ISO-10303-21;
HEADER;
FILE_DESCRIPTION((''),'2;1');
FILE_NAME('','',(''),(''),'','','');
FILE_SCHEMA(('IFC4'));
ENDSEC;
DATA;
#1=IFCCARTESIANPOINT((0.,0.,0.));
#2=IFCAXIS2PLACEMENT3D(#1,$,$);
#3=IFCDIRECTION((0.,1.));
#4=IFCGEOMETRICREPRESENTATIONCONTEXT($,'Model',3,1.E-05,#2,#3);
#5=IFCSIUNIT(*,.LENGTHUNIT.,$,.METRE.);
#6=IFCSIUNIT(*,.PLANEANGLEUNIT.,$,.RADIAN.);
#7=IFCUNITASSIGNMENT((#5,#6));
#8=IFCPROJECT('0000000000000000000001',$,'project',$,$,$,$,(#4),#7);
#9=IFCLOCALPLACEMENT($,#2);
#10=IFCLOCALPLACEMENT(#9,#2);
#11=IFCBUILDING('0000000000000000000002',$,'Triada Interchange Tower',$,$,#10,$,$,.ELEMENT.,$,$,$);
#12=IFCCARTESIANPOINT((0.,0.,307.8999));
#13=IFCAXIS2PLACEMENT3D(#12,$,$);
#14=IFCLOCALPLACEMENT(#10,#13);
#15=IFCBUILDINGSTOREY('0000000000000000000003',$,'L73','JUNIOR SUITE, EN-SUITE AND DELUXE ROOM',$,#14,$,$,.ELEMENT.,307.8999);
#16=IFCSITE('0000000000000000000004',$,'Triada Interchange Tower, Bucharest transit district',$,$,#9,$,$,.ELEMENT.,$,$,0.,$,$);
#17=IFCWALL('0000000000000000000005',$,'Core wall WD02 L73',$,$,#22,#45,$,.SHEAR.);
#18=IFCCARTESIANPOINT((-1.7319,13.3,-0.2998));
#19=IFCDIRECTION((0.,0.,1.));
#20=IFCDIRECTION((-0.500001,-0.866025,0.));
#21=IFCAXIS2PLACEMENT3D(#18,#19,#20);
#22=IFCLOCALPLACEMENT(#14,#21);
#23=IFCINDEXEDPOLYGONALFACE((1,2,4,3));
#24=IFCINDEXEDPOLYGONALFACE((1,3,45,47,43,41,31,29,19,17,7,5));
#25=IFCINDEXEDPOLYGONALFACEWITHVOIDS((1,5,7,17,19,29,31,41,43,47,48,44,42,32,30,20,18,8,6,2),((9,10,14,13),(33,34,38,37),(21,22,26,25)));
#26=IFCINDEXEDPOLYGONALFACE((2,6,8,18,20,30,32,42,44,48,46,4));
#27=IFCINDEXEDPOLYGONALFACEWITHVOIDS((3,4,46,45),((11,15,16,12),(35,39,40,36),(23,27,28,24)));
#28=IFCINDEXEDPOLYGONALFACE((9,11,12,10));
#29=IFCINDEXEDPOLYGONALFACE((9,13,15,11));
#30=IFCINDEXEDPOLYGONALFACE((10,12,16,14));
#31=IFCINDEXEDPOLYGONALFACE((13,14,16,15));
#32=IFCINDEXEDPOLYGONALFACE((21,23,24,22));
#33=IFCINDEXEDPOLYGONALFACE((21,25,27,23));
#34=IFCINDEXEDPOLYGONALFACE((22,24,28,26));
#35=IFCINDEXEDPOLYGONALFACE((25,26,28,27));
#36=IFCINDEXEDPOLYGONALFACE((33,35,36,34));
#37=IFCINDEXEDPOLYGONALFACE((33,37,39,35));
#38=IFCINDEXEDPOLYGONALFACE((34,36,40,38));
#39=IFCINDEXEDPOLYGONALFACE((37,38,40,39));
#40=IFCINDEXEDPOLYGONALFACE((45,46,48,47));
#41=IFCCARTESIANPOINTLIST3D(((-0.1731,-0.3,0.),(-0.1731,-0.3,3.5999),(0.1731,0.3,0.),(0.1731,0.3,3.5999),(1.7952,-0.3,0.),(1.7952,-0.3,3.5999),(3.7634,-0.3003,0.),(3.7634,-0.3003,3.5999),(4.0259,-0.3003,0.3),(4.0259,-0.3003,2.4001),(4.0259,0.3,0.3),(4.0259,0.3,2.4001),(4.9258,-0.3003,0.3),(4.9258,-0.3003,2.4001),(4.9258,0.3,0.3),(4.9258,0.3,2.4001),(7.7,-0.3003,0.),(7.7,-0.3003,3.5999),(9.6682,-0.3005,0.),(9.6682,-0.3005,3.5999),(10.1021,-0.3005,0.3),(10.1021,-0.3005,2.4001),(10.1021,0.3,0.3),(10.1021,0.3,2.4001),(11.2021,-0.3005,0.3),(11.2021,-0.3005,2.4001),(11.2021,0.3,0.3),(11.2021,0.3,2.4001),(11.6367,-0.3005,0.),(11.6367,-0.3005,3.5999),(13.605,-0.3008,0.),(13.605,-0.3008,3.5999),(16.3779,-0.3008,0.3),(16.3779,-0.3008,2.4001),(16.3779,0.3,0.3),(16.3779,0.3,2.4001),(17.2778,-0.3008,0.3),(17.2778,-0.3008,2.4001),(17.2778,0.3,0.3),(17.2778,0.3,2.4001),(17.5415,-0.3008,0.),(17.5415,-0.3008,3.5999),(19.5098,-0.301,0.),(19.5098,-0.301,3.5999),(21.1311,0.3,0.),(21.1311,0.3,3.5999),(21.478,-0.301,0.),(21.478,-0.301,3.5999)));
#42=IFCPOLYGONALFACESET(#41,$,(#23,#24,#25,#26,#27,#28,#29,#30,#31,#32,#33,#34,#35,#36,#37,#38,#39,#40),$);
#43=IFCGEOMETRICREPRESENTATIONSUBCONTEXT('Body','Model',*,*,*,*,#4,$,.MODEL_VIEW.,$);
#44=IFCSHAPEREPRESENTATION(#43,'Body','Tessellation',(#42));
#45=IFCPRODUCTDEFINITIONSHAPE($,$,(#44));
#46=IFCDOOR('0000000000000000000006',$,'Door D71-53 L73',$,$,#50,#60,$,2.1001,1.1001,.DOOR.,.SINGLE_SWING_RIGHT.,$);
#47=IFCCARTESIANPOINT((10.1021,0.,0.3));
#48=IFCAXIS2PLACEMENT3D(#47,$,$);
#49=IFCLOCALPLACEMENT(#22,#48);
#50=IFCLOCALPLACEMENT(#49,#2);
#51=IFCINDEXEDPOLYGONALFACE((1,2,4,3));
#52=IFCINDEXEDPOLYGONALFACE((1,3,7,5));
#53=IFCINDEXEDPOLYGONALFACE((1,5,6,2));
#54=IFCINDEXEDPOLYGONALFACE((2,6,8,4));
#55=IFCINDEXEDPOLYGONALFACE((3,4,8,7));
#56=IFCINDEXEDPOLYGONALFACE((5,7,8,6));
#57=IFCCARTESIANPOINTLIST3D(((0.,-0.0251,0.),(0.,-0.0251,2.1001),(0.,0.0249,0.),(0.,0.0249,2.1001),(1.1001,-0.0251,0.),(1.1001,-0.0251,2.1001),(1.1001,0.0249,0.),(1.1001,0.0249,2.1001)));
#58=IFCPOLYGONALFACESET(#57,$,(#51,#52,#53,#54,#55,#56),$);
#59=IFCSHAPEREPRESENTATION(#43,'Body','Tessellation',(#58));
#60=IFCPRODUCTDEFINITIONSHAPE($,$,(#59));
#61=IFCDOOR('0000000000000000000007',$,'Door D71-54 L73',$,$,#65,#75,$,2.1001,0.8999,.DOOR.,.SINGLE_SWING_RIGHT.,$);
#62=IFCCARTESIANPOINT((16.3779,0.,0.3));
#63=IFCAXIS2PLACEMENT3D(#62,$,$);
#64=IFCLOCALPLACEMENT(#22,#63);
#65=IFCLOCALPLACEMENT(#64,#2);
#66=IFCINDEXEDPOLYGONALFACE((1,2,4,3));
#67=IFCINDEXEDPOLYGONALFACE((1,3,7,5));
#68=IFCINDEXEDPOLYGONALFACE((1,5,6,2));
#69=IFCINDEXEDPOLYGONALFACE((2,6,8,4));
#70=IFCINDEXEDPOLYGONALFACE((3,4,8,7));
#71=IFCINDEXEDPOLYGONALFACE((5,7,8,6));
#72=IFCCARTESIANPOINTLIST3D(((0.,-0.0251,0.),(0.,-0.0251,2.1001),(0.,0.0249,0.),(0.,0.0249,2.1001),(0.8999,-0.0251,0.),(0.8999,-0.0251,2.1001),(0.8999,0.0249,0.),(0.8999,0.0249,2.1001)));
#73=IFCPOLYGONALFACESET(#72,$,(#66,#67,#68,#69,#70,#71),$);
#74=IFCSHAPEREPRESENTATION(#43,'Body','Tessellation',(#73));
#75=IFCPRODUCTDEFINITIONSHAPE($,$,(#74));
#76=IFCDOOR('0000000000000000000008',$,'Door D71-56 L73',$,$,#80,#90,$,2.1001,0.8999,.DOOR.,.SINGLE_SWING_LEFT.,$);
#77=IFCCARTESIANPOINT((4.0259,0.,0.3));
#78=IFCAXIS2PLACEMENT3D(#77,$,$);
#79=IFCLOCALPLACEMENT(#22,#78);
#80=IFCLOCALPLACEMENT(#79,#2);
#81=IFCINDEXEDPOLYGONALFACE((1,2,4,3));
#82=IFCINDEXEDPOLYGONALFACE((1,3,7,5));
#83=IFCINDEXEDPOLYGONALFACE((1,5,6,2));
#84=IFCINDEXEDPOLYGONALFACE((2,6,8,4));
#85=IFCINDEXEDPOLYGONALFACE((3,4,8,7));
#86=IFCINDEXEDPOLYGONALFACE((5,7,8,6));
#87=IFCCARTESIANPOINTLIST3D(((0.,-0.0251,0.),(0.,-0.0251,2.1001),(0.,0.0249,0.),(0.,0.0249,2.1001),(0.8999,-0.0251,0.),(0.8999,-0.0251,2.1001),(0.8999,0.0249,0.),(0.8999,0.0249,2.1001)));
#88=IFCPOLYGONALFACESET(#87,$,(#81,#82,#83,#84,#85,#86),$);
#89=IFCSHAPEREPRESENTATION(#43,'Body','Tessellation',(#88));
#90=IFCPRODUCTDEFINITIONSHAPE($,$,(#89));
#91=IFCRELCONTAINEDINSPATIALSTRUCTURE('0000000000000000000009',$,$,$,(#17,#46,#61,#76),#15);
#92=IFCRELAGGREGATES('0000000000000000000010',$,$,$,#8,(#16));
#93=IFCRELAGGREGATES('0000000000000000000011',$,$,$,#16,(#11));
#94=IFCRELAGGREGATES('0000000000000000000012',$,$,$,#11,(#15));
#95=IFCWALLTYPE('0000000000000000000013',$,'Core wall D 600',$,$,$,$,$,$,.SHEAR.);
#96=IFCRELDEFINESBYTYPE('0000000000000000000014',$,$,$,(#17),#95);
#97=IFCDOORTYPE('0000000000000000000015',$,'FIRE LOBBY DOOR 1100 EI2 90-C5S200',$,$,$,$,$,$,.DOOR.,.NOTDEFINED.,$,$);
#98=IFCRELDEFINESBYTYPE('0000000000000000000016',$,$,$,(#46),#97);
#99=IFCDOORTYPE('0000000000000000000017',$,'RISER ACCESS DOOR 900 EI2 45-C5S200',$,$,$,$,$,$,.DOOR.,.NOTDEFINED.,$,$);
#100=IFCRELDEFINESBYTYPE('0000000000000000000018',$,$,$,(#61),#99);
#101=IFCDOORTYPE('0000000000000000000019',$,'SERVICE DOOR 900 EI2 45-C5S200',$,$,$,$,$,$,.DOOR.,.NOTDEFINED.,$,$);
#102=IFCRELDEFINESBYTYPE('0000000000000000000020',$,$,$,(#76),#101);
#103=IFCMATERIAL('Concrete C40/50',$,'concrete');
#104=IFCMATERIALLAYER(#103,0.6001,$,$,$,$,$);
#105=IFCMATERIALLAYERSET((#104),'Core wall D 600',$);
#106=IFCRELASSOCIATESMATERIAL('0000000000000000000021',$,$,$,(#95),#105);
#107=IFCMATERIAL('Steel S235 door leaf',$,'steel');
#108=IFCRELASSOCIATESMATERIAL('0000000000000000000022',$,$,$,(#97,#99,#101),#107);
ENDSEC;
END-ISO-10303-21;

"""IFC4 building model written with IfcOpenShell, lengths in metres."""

from ifc_helpers import new_model, si_unit, direction, frame, frame_2d, origin, place, context, subcontext, project, spatial, polyline, rectangle, outline, extrude, material, layer, layer_set, type_object, element, fill, save


model = new_model("IFC4")

# Units and contexts
model_context = context("Model", 3, precision=1e-05, world=origin(), true_north=direction((0.0, 1.0)))
body_context = subcontext(model_context, "Body", "Model", "MODEL_VIEW")
ifc_project = project(units=[si_unit("LENGTHUNIT", "METRE"), si_unit("PLANEANGLEUNIT", "RADIAN")], contexts=[model_context])

# Site, building, storey
site_placement = place(None, origin())
site = spatial("IfcSite", under=ifc_project, at=site_placement, Name="Triada Interchange Tower, Bucharest transit district", CompositionType="ELEMENT", RefElevation=0.0)
building_placement = place(site_placement, origin())
building = spatial("IfcBuilding", under=site, at=building_placement, Name="Triada Interchange Tower", CompositionType="ELEMENT")
storey_placement = place(building_placement, frame((0.0, 0.0, 307.8999)))
storey = spatial("IfcBuildingStorey", under=building, at=storey_placement, Name="L73", Description="JUNIOR SUITE, EN-SUITE AND DELUXE ROOM", CompositionType="ELEMENT", Elevation=307.8999)

# Shared definitions
ifc_material_1 = material(Name="Concrete C40/50", Category="concrete")

# Wall, openings, doors
ifc_layer_1 = layer(ifc_material_1, 0.6001)
ifc_layer_set_1 = layer_set([ifc_layer_1], Name="Core wall D 600")
wall_type_1 = type_object("IfcWallType", Name="Core wall D 600", PredefinedType="SHEAR", material=ifc_layer_set_1)
wall_1_placement = place(storey_placement, frame((-1.7319, 13.3, -0.2998), z_axis=(0.0, 0.0, 1.0), x_axis=(-0.500001, -0.866025, 0.0)))
wall_1 = element("IfcWall", 1, at=wall_1_placement, inside=storey, type_object=wall_type_1, Name="Core wall WD02 L73", PredefinedType="SHEAR", context=body_context, shape_type="SweptSolid", body=[
    extrude(outline(polyline([(-0.1731, -0.3), (1.7952, -0.3), (3.7634, -0.3003), (5.7317, -0.3003), (7.7, -0.3003), (9.6682, -0.3005), (11.6367, -0.3005), (13.605, -0.3008), (15.5732, -0.3008), (17.5415, -0.3008), (19.5098, -0.301), (21.478, -0.301), (21.1311, 0.3), (19.2258, 0.3), (17.3206, 0.3), (15.4153, 0.3), (13.51, 0.3), (11.6047, 0.3), (9.6995, 0.3), (7.7942, 0.3), (5.8889, 0.3), (3.9836, 0.3), (2.0784, 0.3), (0.1731, 0.3), (-0.1731, -0.3)])), origin(), (0.0, 0.0, 1.0), 3.5999),
])
opening_1_placement = place(wall_1_placement, frame((10.1021, 0.0, 0.3)))
opening_1 = element("IfcOpeningElement", 2, at=opening_1_placement, cuts=wall_1, PredefinedType="OPENING", context=body_context, shape_type="SweptSolid", body=[
    extrude(rectangle(XDim=1.1001, YDim=2.1001, at=frame_2d((0.55, 1.05))), frame((0.0, 0.3101, 0.0), z_axis=(0.0, -1.0, 0.0), x_axis=(1.0, 0.0, 0.0)), (0.0, 0.0, 1.0), 0.6211),
])
opening_2_placement = place(wall_1_placement, frame((16.3779, 0.0, 0.3)))
opening_2 = element("IfcOpeningElement", 3, at=opening_2_placement, cuts=wall_1, PredefinedType="OPENING", context=body_context, shape_type="SweptSolid", body=[
    extrude(rectangle(XDim=0.8999, YDim=2.1001, at=frame_2d((0.45, 1.05))), frame((0.0, 0.3101, 0.0), z_axis=(0.0, -1.0, 0.0), x_axis=(1.0, 0.0, 0.0)), (0.0, 0.0, 1.0), 0.6211),
])
opening_3_placement = place(wall_1_placement, frame((4.0259, 0.0, 0.3)))
opening_3 = element("IfcOpeningElement", 4, at=opening_3_placement, cuts=wall_1, PredefinedType="OPENING", context=body_context, shape_type="SweptSolid", body=[
    extrude(rectangle(XDim=0.8999, YDim=2.1001, at=frame_2d((0.45, 1.05))), frame((0.0, 0.3101, 0.0), z_axis=(0.0, -1.0, 0.0), x_axis=(1.0, 0.0, 0.0)), (0.0, 0.0, 1.0), 0.6211),
])
ifc_material_2 = material(Name="Steel S235 door leaf", Category="steel")
door_type_1 = type_object("IfcDoorType", Name="FIRE LOBBY DOOR 1100 EI2 90-C5S200", OperationType="NOTDEFINED", PredefinedType="DOOR", material=ifc_material_2)
door_1_placement = place(opening_1_placement, origin())
door_1 = element("IfcDoor", 5, at=door_1_placement, inside=storey, type_object=door_type_1, Name="Door D71-53 L73", OperationType="SINGLE_SWING_RIGHT", OverallHeight=2.1001, OverallWidth=1.1001, PredefinedType="DOOR", context=body_context, shape_type="SweptSolid", body=[
    extrude(rectangle(XDim=1.1001, YDim=2.1001, at=frame_2d((0.55, 1.05))), frame((0.0, 0.0249, 0.0), z_axis=(0.0, -1.0, 0.0), x_axis=(1.0, 0.0, 0.0)), (0.0, 0.0, 1.0), 0.05),
])
fill(opening_1, door_1)
door_type_2 = type_object("IfcDoorType", Name="RISER ACCESS DOOR 900 EI2 45-C5S200", OperationType="NOTDEFINED", PredefinedType="DOOR", material=ifc_material_2)
door_2_placement = place(opening_2_placement, origin())
door_2 = element("IfcDoor", 6, at=door_2_placement, inside=storey, type_object=door_type_2, Name="Door D71-54 L73", OperationType="SINGLE_SWING_RIGHT", OverallHeight=2.1001, OverallWidth=0.8999, PredefinedType="DOOR", context=body_context, shape_type="SweptSolid", body=[
    extrude(rectangle(XDim=0.8999, YDim=2.1001, at=frame_2d((0.45, 1.05))), frame((0.0, 0.0249, 0.0), z_axis=(0.0, -1.0, 0.0), x_axis=(1.0, 0.0, 0.0)), (0.0, 0.0, 1.0), 0.05),
])
fill(opening_2, door_2)
door_type_3 = type_object("IfcDoorType", Name="SERVICE DOOR 900 EI2 45-C5S200", OperationType="NOTDEFINED", PredefinedType="DOOR", material=ifc_material_2)
door_3_placement = place(opening_3_placement, origin())
door_3 = element("IfcDoor", 7, at=door_3_placement, inside=storey, type_object=door_type_3, Name="Door D71-56 L73", OperationType="SINGLE_SWING_LEFT", OverallHeight=2.1001, OverallWidth=0.8999, PredefinedType="DOOR", context=body_context, shape_type="SweptSolid", body=[
    extrude(rectangle(XDim=0.8999, YDim=2.1001, at=frame_2d((0.45, 1.05))), frame((0.0, 0.0249, 0.0), z_axis=(0.0, -1.0, 0.0), x_axis=(1.0, 0.0, 0.0)), (0.0, 0.0, 1.0), 0.05),
])
fill(opening_3, door_3)

save(model, "model.ifc")
